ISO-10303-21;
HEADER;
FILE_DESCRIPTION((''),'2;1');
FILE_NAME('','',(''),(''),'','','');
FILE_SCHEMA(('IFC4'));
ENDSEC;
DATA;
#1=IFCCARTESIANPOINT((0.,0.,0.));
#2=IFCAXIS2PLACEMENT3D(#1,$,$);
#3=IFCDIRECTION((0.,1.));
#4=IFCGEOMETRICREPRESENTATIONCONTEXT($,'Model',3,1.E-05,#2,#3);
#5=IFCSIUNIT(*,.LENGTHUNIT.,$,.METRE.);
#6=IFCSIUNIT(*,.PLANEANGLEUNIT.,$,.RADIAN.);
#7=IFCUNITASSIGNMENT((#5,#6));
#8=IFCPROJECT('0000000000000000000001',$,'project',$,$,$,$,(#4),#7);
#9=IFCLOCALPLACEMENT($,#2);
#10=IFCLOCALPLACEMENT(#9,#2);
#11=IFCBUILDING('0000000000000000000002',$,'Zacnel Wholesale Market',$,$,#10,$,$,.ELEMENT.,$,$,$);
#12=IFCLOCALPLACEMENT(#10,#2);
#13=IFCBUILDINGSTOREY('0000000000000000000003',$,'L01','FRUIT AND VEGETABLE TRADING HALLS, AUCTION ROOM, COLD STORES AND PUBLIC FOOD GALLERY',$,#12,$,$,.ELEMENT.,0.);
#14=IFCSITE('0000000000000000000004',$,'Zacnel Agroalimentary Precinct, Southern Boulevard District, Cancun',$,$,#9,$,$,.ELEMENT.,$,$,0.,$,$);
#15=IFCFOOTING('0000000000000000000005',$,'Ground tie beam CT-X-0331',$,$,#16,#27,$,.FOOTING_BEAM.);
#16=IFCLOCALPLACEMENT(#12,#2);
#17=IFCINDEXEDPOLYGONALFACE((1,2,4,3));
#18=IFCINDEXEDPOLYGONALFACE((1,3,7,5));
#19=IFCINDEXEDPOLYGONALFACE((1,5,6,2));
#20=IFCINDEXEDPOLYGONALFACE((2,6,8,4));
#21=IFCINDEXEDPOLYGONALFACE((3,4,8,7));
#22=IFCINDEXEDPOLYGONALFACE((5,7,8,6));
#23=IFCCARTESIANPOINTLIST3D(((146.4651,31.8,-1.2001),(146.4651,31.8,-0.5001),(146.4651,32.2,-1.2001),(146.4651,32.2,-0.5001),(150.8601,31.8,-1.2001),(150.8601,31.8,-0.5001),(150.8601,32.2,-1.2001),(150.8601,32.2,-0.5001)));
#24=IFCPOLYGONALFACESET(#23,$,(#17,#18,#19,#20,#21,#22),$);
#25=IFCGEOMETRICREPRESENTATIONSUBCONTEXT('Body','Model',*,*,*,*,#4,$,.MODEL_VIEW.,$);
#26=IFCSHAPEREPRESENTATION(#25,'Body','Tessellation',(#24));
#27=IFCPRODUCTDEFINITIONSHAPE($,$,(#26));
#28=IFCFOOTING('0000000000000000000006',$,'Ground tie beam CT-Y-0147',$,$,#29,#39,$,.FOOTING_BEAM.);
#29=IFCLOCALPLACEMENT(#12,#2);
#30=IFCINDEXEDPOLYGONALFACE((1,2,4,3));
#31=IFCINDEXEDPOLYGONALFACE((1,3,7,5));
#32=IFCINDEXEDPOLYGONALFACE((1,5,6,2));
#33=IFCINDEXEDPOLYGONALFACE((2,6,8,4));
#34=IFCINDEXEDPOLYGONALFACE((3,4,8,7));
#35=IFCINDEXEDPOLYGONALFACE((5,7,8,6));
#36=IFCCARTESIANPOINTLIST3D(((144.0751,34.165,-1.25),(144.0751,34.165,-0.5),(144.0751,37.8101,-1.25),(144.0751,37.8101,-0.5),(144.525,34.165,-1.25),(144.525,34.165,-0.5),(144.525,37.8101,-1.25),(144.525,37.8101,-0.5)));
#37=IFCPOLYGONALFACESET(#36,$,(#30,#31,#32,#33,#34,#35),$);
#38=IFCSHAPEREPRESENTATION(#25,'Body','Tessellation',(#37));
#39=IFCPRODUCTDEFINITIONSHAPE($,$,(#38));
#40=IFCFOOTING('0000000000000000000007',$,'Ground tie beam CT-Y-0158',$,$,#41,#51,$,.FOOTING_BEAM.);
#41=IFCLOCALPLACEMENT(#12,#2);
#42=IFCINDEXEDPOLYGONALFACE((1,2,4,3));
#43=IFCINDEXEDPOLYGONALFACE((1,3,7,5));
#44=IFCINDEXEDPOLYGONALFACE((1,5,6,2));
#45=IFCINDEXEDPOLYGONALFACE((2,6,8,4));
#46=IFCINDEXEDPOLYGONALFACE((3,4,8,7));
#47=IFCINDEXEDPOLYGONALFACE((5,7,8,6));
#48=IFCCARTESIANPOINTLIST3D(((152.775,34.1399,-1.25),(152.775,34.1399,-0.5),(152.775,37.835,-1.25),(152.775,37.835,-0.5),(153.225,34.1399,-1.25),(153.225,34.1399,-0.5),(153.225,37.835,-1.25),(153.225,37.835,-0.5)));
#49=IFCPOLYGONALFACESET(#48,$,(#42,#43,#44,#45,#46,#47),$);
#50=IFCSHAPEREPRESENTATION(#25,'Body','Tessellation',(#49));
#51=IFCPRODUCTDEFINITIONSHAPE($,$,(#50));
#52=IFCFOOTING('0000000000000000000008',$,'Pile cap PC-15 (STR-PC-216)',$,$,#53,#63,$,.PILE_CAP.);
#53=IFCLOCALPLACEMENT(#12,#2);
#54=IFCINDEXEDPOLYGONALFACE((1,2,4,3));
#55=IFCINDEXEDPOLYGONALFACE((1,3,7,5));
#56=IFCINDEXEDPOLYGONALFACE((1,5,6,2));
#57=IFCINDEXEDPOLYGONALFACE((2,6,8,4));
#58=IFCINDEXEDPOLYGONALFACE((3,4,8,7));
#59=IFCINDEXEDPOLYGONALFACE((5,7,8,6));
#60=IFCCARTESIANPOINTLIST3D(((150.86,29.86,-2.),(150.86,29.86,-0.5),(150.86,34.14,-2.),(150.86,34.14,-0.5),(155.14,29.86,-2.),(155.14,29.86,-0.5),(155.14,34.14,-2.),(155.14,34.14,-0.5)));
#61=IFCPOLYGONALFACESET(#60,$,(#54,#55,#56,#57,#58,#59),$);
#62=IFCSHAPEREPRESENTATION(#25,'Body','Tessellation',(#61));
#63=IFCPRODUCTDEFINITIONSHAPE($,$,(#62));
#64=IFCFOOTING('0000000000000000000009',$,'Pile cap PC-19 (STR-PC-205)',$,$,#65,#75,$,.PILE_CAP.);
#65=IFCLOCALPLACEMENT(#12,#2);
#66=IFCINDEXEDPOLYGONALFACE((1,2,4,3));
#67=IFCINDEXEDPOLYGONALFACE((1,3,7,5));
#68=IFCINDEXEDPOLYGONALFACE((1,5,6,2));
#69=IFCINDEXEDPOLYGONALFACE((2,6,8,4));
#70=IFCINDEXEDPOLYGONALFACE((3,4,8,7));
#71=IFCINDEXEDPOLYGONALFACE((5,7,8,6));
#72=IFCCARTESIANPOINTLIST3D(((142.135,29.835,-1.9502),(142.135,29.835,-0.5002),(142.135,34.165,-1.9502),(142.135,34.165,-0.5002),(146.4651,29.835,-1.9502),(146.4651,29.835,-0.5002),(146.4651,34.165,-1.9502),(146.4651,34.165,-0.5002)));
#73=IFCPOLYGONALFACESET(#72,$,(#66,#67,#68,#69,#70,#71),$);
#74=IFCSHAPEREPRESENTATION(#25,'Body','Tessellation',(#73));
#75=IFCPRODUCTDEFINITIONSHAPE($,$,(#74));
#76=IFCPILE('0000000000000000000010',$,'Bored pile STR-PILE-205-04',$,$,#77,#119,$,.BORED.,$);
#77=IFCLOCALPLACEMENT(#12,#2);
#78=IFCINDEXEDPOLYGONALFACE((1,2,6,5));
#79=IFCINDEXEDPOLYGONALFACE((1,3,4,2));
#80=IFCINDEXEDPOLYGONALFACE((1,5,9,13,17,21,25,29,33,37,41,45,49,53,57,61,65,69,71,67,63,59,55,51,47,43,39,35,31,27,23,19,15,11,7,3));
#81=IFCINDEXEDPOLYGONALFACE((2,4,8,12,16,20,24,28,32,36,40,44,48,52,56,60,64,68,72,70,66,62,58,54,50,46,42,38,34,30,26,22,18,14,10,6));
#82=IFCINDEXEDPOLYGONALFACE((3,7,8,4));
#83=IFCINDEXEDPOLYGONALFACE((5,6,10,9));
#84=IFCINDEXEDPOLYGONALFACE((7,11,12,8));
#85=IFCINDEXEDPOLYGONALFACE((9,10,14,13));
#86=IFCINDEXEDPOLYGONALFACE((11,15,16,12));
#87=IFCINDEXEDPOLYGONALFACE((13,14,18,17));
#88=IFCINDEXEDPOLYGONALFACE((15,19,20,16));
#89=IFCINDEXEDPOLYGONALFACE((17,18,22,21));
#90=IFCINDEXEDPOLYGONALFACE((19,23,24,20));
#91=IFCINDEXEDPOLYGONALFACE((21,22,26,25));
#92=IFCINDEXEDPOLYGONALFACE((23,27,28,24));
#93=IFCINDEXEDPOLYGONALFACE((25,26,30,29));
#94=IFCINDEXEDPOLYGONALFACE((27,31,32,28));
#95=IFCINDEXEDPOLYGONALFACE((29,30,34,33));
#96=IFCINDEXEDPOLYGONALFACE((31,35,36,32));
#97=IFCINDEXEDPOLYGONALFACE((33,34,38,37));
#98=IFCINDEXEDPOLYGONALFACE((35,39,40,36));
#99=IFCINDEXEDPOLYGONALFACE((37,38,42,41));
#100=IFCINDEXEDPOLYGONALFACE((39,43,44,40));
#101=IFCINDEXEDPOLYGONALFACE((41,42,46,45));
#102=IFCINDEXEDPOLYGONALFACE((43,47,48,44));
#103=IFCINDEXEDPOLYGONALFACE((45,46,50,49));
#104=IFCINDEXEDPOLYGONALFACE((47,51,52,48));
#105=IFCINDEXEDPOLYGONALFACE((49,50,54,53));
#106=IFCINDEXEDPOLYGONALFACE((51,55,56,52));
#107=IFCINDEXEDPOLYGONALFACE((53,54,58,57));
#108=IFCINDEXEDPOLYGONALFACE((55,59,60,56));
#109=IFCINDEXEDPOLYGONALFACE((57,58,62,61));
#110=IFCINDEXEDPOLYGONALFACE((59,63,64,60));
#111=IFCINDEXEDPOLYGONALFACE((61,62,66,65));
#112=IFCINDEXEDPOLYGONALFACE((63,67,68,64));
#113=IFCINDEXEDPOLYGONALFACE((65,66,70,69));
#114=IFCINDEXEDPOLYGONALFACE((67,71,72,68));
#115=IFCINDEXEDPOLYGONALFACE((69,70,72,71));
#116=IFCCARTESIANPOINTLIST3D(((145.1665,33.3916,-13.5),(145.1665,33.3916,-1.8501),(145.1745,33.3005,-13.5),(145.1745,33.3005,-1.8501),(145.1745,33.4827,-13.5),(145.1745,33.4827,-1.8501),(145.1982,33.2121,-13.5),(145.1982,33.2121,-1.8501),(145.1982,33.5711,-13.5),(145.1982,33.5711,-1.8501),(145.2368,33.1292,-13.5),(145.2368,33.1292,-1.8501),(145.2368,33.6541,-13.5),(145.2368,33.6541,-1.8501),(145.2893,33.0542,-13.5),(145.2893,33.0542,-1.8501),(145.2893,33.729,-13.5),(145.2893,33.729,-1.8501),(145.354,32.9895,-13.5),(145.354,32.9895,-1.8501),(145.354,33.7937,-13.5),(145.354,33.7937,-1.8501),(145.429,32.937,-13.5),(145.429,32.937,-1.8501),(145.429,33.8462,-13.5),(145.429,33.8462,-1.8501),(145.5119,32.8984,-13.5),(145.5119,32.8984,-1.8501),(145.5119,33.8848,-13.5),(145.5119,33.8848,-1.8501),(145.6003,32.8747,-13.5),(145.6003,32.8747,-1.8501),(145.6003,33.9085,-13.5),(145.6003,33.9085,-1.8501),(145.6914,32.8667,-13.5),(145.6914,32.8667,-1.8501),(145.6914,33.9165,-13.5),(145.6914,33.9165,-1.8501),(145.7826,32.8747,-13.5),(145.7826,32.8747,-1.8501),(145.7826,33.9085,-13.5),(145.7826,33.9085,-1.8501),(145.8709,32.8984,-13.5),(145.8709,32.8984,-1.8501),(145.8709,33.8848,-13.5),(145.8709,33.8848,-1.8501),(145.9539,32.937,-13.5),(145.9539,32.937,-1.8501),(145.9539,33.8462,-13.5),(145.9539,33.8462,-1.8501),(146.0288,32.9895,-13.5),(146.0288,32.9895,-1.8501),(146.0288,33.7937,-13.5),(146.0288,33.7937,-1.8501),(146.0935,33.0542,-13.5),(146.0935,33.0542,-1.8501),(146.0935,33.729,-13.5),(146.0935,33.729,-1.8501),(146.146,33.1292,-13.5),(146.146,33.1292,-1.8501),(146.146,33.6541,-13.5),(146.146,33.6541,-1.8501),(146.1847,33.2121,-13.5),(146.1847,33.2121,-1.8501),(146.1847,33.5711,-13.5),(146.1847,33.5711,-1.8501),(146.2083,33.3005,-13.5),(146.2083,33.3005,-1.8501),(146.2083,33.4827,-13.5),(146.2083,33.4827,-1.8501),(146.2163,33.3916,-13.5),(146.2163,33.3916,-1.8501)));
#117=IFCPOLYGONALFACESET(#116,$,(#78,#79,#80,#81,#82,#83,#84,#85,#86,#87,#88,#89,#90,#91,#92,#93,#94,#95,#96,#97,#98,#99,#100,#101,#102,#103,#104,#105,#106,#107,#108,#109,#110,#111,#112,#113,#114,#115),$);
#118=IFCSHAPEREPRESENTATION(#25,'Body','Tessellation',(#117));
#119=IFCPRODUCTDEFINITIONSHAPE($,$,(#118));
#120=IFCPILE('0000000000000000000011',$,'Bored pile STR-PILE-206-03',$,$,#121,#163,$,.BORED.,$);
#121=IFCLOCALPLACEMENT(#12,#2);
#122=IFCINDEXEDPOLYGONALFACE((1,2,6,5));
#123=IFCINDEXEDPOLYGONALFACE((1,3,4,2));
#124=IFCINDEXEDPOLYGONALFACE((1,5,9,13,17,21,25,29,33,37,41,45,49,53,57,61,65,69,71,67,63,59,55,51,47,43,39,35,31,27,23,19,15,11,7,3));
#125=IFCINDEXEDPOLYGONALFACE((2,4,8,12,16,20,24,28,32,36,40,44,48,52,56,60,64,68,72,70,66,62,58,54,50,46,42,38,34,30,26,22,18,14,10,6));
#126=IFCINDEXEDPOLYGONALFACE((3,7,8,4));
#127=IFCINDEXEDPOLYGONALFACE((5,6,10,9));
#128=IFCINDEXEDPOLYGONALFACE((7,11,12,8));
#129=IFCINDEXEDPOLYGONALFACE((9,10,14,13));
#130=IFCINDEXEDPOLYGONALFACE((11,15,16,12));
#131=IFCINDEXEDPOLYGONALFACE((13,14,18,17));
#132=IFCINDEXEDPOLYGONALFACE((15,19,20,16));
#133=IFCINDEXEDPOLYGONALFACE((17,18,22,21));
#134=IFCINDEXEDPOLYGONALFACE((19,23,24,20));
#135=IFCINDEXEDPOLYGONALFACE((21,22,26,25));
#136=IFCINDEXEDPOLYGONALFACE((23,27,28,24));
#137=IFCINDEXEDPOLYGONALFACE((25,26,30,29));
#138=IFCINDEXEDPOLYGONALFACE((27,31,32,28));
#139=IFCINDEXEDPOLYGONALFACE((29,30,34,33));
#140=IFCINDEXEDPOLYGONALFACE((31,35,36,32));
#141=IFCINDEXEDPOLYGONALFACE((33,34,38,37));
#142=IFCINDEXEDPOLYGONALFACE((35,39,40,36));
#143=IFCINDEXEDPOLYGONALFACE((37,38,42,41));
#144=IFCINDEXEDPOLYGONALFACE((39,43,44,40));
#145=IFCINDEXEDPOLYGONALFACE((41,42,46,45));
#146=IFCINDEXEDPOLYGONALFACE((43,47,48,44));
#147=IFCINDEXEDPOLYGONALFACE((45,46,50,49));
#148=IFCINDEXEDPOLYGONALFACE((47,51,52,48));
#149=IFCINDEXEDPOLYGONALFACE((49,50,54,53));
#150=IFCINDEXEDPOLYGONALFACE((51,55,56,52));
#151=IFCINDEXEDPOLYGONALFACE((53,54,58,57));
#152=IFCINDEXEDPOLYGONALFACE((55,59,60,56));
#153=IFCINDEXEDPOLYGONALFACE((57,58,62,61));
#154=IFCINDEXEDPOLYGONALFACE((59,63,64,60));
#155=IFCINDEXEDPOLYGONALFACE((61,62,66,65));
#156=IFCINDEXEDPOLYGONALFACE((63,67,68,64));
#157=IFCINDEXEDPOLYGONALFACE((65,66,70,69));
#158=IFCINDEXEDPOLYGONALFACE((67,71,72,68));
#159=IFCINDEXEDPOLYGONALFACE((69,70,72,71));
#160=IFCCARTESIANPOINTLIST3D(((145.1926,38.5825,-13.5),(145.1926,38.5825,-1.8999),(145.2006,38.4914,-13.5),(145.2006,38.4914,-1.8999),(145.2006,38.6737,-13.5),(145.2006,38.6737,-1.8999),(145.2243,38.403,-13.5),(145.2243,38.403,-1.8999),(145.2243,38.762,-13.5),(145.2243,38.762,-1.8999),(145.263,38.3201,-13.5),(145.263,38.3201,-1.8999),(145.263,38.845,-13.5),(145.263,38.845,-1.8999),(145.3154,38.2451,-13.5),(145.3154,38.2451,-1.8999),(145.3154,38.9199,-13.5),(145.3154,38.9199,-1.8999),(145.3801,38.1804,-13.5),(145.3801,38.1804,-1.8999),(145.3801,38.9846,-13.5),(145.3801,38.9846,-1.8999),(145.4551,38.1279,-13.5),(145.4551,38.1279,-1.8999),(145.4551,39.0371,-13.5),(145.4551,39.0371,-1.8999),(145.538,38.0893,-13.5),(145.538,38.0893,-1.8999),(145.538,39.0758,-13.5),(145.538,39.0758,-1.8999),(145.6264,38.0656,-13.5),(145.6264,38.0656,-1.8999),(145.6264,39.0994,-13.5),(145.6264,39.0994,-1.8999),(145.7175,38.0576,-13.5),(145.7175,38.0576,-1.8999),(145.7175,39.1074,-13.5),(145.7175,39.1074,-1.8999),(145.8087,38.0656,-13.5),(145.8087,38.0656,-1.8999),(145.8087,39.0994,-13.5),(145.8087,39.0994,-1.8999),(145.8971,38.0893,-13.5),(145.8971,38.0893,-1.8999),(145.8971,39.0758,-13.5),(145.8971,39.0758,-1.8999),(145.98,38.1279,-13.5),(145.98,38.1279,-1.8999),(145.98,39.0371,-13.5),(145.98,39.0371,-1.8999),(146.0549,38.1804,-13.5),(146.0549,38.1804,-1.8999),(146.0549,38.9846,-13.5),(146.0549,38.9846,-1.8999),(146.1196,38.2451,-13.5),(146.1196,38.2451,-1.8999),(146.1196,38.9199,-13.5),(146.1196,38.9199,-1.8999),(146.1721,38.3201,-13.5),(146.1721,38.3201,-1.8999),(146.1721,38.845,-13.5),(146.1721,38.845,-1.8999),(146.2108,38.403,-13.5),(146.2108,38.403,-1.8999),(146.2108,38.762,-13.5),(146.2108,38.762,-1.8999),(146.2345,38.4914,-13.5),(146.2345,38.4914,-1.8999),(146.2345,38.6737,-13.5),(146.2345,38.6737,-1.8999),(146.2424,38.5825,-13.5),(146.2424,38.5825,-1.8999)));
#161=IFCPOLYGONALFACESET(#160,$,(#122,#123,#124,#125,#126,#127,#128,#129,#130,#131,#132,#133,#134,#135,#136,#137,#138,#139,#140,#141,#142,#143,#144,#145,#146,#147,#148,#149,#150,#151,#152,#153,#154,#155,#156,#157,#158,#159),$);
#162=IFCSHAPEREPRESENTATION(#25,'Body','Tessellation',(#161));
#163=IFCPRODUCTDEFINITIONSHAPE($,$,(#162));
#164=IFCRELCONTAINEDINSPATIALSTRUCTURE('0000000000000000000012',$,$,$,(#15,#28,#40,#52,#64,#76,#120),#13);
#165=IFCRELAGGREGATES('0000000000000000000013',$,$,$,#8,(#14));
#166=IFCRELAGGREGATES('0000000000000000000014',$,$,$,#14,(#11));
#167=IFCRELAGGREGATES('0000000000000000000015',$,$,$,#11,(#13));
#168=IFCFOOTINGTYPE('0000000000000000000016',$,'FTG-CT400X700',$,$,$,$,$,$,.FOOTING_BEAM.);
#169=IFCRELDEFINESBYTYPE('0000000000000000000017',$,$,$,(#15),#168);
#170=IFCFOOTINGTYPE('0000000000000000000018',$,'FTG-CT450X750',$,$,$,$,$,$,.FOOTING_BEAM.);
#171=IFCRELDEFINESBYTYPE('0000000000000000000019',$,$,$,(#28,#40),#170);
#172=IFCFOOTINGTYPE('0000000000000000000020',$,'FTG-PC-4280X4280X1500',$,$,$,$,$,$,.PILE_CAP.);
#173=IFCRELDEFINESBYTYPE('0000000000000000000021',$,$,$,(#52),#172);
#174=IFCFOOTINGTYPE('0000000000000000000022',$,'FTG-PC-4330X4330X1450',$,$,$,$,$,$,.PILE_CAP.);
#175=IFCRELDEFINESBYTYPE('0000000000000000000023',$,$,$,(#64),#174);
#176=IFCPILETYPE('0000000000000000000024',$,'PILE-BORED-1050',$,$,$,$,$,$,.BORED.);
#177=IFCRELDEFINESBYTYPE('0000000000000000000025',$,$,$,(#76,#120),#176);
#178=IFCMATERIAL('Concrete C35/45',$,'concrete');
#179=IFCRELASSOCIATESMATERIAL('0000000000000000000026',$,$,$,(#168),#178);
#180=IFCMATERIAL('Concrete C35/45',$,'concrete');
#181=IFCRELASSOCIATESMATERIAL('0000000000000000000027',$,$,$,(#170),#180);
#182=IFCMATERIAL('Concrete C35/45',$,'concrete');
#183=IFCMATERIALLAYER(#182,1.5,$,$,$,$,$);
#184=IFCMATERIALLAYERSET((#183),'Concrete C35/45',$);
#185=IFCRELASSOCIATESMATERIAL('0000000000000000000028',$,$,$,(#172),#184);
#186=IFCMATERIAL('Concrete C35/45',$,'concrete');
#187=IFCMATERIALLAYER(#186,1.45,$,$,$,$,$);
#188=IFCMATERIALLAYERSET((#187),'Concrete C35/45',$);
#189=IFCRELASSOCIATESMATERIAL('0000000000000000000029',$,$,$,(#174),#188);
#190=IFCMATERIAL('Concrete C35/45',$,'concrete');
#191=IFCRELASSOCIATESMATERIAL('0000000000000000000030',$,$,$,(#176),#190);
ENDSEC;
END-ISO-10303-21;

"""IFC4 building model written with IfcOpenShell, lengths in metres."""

from ifc_helpers import new_model, si_unit, direction, frame, origin, origin_2d, place, context, subcontext, project, spatial, rectangle, circle, extrude, material, layer, layer_set, material_profile, profile_set, type_object, element, save


model = new_model("IFC4")

# Units and contexts
model_context = context("Model", 3, precision=1e-05, world=origin(), true_north=direction((0.0, 1.0)))
body_context = subcontext(model_context, "Body", "Model", "MODEL_VIEW")
ifc_project = project(units=[si_unit("LENGTHUNIT", "METRE"), si_unit("PLANEANGLEUNIT", "RADIAN")], contexts=[model_context])

# Site, building, storey
site_placement = place(None, origin())
site = spatial("IfcSite", under=ifc_project, at=site_placement, Name="Zacnel Agroalimentary Precinct, Southern Boulevard District, Cancun", CompositionType="ELEMENT", RefElevation=0.0)
building_placement = place(site_placement, origin())
building = spatial("IfcBuilding", under=site, at=building_placement, Name="Zacnel Wholesale Market", CompositionType="ELEMENT")
storey_placement = place(building_placement, origin())
storey = spatial("IfcBuildingStorey", under=building, at=storey_placement, Name="L01", Description="FRUIT AND VEGETABLE TRADING HALLS, AUCTION ROOM, COLD STORES AND PUBLIC FOOD GALLERY", CompositionType="ELEMENT", Elevation=0.0)

# Footings
ifc_material_1 = material(Name="Concrete C35/45", Category="concrete")
ifc_material_profile_1 = material_profile(ifc_material_1, rectangle(XDim=0.3999, YDim=0.7, at=origin_2d()), Name="CT 400x700")
ifc_profile_set_1 = profile_set([ifc_material_profile_1], Name="Concrete C35/45")
footing_type_1 = type_object("IfcFootingType", Name="FTG-CT400X700", PredefinedType="FOOTING_BEAM", material=ifc_profile_set_1)
footing_1_placement = place(storey_placement, frame((146.4651, 32.0, -0.8501), z_axis=(1.0, 0.0, 0.0), x_axis=(0.0, 1.0, 0.0)))
element("IfcFooting", 1, at=footing_1_placement, inside=storey, type_object=footing_type_1, Name="Ground tie beam CT-X-0331", PredefinedType="FOOTING_BEAM", context=body_context, shape_type="SweptSolid", body=[
    extrude(rectangle(XDim=0.3999, YDim=0.7, at=origin_2d()), origin(), (0.0, 0.0, 1.0), 4.395),
])
ifc_material_2 = material(Name="Concrete C35/45", Category="concrete")
ifc_material_profile_2 = material_profile(ifc_material_2, rectangle(XDim=0.45, YDim=0.75, at=origin_2d()), Name="CT 450x750")
ifc_profile_set_2 = profile_set([ifc_material_profile_2], Name="Concrete C35/45")
footing_type_2 = type_object("IfcFootingType", Name="FTG-CT450X750", PredefinedType="FOOTING_BEAM", material=ifc_profile_set_2)
footing_2_placement = place(storey_placement, frame((144.3, 34.165, -0.875), z_axis=(0.0, 1.0, 0.0), x_axis=(-1.0, 0.0, 0.0)))
element("IfcFooting", 2, at=footing_2_placement, inside=storey, type_object=footing_type_2, Name="Ground tie beam CT-Y-0147", PredefinedType="FOOTING_BEAM", context=body_context, shape_type="SweptSolid", body=[
    extrude(rectangle(XDim=0.45, YDim=0.75, at=origin_2d()), origin(), (0.0, 0.0, 1.0), 3.645),
])
footing_3_placement = place(storey_placement, frame((153.0, 34.1399, -0.875), z_axis=(0.0, 1.0, 0.0), x_axis=(-1.0, 0.0, 0.0)))
element("IfcFooting", 3, at=footing_3_placement, inside=storey, type_object=footing_type_2, Name="Ground tie beam CT-Y-0158", PredefinedType="FOOTING_BEAM", context=body_context, shape_type="SweptSolid", body=[
    extrude(rectangle(XDim=0.45, YDim=0.75, at=origin_2d()), origin(), (0.0, 0.0, 1.0), 3.6951),
])
ifc_material_3 = material(Name="Concrete C35/45", Category="concrete")
ifc_layer_1 = layer(ifc_material_3, 1.5)
ifc_layer_set_1 = layer_set([ifc_layer_1], Name="Concrete C35/45")
footing_type_3 = type_object("IfcFootingType", Name="FTG-PC-4280X4280X1500", PredefinedType="PILE_CAP", material=ifc_layer_set_1)
footing_4_placement = place(storey_placement, frame((153.0, 32.0, -2.0), z_axis=(0.0, 0.0, 1.0), x_axis=(1.0, 0.0, 0.0)))
element("IfcFooting", 4, at=footing_4_placement, inside=storey, type_object=footing_type_3, Name="Pile cap PC-15 (STR-PC-216)", PredefinedType="PILE_CAP", context=body_context, shape_type="SweptSolid", body=[
    extrude(rectangle(XDim=4.28, YDim=4.28, at=origin_2d()), origin(), (0.0, 0.0, 1.0), 1.5),
])
ifc_material_4 = material(Name="Concrete C35/45", Category="concrete")
ifc_layer_2 = layer(ifc_material_4, 1.45)
ifc_layer_set_2 = layer_set([ifc_layer_2], Name="Concrete C35/45")
footing_type_4 = type_object("IfcFootingType", Name="FTG-PC-4330X4330X1450", PredefinedType="PILE_CAP", material=ifc_layer_set_2)
footing_5_placement = place(storey_placement, frame((144.3, 32.0, -1.9502), z_axis=(0.0, 0.0, 1.0), x_axis=(1.0, 0.0, 0.0)))
element("IfcFooting", 5, at=footing_5_placement, inside=storey, type_object=footing_type_4, Name="Pile cap PC-19 (STR-PC-205)", PredefinedType="PILE_CAP", context=body_context, shape_type="SweptSolid", body=[
    extrude(rectangle(XDim=4.3301, YDim=4.3301, at=origin_2d()), origin(), (0.0, 0.0, 1.0), 1.45),
])

# Piles
ifc_material_5 = material(Name="Concrete C35/45", Category="concrete")
ifc_material_profile_3 = material_profile(ifc_material_5, circle(Radius=0.5249, at=origin_2d()), Name="BORED PILE D1050")
ifc_profile_set_3 = profile_set([ifc_material_profile_3], Name="Concrete C35/45")
pile_type = type_object("IfcPileType", Name="PILE-BORED-1050", PredefinedType="BORED", material=ifc_profile_set_3)
pile_1_placement = place(storey_placement, frame((145.6914, 33.3916, -1.8501), z_axis=(0.0, 0.0, -1.0), x_axis=(1.0, 0.0, 0.0)))
element("IfcPile", 6, at=pile_1_placement, inside=storey, type_object=pile_type, Name="Bored pile STR-PILE-205-04", PredefinedType="BORED", context=body_context, shape_type="SweptSolid", body=[
    extrude(circle(Radius=0.5249, at=origin_2d()), origin(), (0.0, 0.0, 1.0), 11.6499),
])
for number, where, z_axis, x_axis, name in (
    (7, (145.7175, 38.5825, -1.8999), (0.0, 0.0, -1.0), (1.0, 0.0, 0.0), "Bored pile STR-PILE-206-03"),
):
    element("IfcPile", number, at=place(storey_placement, frame(where, z_axis=z_axis, x_axis=x_axis)), inside=storey, type_object=pile_type, Name=name, PredefinedType="BORED", context=body_context, shape_type="SweptSolid", body=[
        extrude(circle(Radius=0.5249, at=origin_2d()), origin(), (0.0, 0.0, 1.0), 11.6001),
    ])

save(model, "model.ifc")
